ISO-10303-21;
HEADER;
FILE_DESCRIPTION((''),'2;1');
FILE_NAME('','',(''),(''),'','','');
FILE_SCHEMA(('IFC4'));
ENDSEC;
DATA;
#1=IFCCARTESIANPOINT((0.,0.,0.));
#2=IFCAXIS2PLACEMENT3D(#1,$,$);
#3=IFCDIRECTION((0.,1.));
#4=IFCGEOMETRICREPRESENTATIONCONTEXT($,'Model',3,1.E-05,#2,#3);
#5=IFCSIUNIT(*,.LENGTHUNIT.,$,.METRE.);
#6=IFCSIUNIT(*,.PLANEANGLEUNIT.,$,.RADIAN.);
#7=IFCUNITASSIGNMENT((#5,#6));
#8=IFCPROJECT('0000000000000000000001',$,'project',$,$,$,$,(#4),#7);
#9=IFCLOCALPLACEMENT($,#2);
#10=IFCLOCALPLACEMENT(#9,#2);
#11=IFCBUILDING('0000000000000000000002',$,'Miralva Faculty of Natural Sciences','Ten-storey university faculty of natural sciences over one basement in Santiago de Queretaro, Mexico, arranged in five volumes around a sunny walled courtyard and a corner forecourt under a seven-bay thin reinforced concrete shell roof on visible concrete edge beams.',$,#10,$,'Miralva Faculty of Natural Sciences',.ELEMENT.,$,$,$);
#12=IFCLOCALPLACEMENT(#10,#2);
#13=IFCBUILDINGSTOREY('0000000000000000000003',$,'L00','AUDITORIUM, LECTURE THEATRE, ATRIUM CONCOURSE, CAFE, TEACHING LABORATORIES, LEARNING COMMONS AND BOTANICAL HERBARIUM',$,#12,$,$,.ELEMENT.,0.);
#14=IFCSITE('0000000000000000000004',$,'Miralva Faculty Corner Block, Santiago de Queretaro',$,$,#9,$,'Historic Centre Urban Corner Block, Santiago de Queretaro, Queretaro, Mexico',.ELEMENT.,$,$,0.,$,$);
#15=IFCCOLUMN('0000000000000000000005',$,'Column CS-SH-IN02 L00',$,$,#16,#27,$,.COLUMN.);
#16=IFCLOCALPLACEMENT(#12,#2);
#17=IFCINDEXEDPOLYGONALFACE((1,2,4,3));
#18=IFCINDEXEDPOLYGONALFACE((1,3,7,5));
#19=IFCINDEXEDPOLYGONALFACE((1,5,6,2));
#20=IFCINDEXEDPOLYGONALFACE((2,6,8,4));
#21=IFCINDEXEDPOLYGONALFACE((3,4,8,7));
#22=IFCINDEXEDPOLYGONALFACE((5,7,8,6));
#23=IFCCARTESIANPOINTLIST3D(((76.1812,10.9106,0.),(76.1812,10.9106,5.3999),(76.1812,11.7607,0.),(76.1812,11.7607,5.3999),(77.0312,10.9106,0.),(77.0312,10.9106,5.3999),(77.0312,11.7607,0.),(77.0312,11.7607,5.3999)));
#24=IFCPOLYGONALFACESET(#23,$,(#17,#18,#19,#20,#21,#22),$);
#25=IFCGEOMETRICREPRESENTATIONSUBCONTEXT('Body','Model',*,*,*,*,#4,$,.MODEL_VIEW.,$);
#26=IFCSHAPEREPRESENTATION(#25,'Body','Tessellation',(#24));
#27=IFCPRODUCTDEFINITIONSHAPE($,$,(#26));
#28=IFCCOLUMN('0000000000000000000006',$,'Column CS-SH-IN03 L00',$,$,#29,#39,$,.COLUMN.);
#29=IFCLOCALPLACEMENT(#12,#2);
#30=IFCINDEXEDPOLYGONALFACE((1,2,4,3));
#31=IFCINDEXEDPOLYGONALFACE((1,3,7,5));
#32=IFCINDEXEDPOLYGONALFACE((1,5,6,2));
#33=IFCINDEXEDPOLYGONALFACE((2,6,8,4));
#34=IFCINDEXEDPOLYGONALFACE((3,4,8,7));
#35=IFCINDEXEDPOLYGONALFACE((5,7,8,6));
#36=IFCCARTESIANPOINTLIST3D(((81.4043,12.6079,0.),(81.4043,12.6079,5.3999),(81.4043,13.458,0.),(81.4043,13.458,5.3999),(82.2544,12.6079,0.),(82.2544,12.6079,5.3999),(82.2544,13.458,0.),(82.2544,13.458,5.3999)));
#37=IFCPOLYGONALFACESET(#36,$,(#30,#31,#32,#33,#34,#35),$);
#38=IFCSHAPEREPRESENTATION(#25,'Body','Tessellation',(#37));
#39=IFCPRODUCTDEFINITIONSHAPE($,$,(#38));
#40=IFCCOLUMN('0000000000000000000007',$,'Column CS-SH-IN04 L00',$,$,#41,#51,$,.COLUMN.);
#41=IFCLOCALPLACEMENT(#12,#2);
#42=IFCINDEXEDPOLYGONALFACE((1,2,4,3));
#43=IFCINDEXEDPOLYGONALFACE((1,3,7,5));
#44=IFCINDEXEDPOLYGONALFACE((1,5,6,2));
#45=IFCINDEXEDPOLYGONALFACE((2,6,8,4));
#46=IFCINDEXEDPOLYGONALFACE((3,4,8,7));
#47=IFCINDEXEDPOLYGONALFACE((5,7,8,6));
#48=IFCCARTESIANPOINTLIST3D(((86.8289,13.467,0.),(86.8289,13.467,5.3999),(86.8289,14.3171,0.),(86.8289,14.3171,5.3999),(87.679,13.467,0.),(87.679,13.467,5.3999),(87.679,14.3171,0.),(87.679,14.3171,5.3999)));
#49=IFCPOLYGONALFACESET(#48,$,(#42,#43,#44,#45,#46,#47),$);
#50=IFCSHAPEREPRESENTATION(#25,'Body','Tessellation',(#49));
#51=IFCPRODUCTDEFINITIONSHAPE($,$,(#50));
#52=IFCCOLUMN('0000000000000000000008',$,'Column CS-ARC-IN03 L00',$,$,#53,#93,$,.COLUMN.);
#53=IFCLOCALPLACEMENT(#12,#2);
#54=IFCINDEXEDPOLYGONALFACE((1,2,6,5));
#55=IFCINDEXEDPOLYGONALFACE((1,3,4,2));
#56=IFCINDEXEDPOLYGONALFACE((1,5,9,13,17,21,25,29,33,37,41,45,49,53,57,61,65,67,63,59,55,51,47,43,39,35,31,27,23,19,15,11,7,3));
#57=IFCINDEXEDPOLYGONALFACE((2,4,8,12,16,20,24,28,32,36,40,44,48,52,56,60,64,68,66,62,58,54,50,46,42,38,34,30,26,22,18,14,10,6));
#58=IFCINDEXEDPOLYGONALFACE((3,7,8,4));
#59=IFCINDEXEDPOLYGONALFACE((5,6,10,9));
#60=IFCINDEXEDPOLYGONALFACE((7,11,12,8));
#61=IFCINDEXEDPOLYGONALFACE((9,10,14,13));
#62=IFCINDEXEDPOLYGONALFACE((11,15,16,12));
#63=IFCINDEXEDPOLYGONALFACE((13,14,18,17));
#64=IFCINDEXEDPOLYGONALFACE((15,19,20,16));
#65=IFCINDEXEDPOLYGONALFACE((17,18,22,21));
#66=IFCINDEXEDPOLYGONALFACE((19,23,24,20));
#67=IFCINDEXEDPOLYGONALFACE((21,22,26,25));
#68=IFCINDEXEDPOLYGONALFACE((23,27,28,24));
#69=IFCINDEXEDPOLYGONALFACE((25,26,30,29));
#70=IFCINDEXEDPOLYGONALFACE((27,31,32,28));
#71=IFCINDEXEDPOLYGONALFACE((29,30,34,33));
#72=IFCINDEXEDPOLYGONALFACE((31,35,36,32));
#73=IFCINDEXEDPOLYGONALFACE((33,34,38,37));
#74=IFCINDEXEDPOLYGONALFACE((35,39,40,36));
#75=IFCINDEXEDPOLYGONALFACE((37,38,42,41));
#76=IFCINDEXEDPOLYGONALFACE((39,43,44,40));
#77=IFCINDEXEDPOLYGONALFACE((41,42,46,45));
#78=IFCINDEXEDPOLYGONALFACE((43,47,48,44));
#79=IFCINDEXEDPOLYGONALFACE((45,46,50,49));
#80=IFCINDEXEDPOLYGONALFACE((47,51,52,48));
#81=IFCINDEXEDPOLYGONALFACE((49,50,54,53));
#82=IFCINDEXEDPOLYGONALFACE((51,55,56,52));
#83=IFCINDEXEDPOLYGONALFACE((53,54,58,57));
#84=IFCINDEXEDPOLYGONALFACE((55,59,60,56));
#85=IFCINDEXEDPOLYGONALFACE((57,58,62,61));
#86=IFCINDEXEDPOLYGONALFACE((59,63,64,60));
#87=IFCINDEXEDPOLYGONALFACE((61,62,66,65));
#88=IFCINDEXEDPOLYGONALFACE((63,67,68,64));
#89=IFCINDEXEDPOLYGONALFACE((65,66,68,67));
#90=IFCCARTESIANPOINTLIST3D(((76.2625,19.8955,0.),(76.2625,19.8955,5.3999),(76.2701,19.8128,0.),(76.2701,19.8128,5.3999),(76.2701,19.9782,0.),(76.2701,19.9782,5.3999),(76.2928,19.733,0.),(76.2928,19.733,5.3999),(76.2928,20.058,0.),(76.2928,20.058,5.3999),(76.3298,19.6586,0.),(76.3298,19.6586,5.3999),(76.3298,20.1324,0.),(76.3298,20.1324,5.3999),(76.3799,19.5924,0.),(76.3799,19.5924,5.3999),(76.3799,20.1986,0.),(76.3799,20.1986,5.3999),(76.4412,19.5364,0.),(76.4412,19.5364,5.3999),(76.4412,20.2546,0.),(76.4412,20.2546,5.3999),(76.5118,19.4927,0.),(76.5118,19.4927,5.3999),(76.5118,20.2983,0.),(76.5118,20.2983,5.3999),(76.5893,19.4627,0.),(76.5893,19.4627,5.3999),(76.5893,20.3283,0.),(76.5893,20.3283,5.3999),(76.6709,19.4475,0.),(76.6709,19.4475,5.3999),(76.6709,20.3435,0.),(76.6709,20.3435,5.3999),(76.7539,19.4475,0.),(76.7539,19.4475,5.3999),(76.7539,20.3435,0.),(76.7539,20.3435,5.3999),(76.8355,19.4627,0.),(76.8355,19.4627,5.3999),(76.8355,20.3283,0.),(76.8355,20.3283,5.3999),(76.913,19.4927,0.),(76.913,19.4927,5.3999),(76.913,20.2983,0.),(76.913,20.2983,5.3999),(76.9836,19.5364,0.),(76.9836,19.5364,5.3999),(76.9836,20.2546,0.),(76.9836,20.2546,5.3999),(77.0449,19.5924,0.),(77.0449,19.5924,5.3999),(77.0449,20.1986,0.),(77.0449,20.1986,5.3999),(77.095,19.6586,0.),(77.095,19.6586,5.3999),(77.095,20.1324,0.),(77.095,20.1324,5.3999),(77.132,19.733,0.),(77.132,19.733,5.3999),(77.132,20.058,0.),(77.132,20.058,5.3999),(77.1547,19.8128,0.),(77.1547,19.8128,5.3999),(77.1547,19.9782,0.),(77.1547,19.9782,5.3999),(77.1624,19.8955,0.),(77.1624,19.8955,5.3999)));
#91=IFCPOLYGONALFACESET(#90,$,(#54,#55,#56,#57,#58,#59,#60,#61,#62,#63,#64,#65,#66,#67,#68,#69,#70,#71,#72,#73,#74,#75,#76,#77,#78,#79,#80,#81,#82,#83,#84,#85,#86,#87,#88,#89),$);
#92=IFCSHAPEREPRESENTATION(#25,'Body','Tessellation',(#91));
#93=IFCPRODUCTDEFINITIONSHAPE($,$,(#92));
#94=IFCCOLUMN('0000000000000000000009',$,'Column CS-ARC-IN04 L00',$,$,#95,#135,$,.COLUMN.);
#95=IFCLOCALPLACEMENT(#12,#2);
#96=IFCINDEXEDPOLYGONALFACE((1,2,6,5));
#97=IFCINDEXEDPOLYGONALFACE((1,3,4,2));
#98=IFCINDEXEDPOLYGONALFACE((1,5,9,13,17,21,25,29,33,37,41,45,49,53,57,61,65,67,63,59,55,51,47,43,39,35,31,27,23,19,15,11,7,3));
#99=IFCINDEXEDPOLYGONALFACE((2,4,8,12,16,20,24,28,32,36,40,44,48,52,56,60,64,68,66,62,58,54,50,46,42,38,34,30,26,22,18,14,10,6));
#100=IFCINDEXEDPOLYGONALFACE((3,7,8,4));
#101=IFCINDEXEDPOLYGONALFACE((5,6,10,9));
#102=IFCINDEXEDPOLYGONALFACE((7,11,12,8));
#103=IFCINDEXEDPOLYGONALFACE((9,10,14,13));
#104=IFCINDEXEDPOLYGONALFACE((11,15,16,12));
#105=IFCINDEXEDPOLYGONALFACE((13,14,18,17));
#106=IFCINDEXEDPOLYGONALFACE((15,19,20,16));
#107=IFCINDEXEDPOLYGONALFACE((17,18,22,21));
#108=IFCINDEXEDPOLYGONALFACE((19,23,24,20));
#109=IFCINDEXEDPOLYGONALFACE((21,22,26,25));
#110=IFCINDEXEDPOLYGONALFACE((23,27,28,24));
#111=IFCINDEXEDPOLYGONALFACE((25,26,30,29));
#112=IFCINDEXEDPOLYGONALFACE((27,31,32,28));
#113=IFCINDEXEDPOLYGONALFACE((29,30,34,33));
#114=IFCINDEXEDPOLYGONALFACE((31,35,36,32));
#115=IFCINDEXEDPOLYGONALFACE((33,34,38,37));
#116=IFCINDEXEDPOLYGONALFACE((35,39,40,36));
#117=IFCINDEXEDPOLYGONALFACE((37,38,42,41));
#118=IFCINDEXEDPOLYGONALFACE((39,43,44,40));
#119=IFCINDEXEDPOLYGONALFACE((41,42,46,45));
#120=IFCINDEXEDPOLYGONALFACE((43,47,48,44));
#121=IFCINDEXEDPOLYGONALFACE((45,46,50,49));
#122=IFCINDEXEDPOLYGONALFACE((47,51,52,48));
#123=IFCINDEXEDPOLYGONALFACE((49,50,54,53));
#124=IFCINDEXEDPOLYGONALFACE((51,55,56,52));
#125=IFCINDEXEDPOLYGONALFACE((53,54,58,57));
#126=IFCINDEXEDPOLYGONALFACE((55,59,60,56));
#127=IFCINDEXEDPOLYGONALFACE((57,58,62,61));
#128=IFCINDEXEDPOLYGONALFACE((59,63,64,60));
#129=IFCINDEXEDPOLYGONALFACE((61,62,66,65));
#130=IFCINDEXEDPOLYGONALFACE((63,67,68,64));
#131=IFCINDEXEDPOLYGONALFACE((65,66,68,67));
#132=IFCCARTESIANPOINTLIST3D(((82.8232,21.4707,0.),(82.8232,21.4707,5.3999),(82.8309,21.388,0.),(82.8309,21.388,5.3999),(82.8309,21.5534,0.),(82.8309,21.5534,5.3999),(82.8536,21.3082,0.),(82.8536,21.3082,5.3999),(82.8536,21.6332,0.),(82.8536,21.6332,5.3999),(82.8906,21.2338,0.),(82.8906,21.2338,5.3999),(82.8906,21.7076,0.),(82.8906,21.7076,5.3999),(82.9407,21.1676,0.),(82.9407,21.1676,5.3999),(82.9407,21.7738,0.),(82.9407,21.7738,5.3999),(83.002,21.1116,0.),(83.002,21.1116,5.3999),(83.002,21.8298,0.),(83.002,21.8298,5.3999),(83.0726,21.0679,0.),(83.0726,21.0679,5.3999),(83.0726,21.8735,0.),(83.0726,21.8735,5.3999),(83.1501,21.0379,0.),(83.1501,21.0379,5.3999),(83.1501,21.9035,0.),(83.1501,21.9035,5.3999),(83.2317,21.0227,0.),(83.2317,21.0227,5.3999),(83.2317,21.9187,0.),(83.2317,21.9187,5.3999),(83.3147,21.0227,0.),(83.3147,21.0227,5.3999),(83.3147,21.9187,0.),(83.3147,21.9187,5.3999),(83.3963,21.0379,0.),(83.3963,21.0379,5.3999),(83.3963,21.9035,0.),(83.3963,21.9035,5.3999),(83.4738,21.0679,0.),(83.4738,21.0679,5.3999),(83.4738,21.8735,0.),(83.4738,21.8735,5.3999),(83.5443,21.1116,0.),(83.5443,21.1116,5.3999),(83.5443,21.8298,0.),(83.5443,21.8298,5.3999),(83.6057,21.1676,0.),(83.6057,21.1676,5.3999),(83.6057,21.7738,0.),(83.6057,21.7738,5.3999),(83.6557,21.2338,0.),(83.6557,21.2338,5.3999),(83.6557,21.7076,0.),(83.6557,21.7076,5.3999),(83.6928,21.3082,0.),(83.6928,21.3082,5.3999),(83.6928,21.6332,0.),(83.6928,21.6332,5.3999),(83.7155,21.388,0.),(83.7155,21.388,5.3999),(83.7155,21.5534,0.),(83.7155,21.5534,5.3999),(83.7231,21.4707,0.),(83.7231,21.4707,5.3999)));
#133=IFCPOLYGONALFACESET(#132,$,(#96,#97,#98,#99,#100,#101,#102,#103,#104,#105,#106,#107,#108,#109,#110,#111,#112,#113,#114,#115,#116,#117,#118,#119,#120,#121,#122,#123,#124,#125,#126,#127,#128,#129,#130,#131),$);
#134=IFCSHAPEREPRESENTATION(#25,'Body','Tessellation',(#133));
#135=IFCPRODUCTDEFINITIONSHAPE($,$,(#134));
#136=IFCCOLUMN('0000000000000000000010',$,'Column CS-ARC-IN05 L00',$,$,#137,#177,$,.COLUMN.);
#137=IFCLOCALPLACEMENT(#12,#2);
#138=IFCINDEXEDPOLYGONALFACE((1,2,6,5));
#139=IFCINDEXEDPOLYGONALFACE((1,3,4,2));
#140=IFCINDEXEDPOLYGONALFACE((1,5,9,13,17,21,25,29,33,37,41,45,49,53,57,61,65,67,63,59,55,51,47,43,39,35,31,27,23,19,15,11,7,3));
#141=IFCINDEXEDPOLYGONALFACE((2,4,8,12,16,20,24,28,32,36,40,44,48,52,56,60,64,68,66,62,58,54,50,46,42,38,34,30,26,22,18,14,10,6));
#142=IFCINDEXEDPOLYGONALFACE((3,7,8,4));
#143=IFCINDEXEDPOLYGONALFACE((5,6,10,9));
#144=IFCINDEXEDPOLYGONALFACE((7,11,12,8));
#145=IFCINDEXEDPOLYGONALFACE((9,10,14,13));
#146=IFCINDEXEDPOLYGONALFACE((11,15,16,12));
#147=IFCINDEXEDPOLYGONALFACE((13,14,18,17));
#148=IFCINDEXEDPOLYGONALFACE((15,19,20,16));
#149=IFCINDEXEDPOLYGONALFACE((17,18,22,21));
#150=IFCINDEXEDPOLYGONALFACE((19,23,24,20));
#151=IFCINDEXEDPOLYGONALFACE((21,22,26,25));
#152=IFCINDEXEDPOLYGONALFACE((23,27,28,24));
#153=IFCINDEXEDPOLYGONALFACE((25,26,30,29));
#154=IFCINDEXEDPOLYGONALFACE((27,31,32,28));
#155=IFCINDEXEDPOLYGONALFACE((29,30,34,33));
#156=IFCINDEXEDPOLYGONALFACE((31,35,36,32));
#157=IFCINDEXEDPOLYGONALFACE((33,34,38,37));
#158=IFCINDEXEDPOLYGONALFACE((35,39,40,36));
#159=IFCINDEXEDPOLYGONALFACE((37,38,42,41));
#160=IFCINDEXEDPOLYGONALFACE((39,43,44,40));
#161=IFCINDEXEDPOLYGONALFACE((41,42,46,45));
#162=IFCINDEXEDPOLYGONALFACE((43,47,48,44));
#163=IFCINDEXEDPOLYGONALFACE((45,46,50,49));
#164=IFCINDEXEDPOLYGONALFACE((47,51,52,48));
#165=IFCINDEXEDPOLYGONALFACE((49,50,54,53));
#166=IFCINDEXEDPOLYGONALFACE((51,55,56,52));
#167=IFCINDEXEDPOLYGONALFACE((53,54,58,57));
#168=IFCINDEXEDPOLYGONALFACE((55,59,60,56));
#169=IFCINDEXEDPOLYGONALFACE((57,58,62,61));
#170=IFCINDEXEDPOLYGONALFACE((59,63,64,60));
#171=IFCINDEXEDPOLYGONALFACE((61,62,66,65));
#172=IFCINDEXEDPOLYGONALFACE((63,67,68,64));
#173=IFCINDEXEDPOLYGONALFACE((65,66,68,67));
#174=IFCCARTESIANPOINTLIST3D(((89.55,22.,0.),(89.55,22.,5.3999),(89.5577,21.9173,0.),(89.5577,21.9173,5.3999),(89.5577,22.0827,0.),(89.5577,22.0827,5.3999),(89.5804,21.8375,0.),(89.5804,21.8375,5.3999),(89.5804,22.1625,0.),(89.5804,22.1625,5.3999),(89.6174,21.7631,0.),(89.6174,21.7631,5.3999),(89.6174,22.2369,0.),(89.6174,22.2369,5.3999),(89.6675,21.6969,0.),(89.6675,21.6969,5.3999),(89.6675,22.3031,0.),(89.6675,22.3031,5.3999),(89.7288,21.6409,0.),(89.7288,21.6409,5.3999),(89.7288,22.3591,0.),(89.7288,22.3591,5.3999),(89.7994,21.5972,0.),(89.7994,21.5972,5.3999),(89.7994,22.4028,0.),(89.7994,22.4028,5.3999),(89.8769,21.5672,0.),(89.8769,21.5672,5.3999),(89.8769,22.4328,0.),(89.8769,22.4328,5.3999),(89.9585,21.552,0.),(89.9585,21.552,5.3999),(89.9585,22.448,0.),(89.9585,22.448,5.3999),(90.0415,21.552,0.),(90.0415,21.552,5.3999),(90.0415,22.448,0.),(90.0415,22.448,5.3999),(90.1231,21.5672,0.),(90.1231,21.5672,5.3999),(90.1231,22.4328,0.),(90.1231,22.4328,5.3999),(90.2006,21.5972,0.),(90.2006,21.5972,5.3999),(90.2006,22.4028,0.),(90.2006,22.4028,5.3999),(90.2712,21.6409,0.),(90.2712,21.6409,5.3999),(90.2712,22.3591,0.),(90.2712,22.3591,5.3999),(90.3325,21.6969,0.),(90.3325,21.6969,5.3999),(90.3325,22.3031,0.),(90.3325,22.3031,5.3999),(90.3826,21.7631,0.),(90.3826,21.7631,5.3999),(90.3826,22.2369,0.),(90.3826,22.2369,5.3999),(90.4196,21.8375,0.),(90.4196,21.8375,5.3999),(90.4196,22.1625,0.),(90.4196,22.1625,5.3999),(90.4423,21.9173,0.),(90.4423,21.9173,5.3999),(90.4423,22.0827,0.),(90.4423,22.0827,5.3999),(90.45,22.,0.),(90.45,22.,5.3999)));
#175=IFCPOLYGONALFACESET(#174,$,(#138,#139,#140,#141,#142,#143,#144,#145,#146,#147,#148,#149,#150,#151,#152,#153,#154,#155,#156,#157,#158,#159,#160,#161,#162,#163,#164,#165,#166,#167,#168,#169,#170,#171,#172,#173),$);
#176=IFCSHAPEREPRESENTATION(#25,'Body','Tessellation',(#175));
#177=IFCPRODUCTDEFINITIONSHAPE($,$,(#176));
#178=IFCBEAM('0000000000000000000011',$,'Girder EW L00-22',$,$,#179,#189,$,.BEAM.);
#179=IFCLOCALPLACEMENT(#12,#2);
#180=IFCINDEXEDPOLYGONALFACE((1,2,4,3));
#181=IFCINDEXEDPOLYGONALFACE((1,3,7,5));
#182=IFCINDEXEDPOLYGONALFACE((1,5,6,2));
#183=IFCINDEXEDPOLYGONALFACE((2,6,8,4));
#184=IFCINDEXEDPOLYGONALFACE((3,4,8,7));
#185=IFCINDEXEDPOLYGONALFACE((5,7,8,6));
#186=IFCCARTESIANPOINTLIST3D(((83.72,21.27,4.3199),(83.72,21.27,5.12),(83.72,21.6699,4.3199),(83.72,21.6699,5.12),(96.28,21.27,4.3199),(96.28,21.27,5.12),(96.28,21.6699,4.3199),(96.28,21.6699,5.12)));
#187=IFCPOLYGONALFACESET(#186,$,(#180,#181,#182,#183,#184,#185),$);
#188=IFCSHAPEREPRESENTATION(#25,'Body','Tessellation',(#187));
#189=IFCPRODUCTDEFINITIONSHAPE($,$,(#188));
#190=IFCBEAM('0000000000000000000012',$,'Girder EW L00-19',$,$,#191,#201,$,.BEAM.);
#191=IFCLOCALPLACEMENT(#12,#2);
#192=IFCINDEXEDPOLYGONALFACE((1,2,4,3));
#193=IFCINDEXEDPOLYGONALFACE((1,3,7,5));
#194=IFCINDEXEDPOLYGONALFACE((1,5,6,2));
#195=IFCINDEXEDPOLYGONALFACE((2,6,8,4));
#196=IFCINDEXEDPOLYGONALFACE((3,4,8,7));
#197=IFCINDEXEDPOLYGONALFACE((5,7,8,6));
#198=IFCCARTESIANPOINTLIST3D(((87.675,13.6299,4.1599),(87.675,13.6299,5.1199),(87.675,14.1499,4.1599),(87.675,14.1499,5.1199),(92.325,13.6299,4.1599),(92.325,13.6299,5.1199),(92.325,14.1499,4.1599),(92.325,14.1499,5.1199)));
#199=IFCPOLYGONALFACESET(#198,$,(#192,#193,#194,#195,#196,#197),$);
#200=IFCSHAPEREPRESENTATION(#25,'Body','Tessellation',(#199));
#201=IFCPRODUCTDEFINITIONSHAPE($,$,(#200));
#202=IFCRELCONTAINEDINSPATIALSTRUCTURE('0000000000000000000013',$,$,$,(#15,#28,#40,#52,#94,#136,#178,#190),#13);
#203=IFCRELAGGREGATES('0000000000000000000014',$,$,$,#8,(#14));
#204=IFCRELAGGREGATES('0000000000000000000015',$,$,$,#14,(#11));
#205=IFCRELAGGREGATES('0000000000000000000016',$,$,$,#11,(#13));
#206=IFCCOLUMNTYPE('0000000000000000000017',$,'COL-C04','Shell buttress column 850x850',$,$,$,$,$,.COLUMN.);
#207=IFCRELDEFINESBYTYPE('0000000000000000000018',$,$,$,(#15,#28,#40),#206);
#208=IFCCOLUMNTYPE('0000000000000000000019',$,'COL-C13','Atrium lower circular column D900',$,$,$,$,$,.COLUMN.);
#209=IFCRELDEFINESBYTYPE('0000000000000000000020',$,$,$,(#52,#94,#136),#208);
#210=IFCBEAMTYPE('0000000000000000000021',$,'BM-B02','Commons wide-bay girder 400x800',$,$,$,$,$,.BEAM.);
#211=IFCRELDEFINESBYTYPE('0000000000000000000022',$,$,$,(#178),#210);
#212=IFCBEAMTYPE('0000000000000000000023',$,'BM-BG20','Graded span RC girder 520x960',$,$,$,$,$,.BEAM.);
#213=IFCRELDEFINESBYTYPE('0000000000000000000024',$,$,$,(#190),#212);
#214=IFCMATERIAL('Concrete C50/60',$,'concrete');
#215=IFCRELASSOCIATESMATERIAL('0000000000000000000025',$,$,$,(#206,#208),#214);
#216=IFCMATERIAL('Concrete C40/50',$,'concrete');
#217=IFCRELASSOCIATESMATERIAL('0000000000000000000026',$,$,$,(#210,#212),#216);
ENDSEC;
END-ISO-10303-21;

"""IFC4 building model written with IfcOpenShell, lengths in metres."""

from ifc_helpers import new_model, si_unit, direction, frame, origin, origin_2d, place, context, subcontext, project, spatial, rectangle, circle, extrude, material, material_profile, profile_set, type_object, element, save


model = new_model("IFC4")

# Units and contexts
model_context = context("Model", 3, precision=1e-05, world=origin(), true_north=direction((0.0, 1.0)))
body_context = subcontext(model_context, "Body", "Model", "MODEL_VIEW")
ifc_project = project(units=[si_unit("LENGTHUNIT", "METRE"), si_unit("PLANEANGLEUNIT", "RADIAN")], contexts=[model_context])

# Site, building, storey
site_placement = place(None, origin())
site = spatial("IfcSite", under=ifc_project, at=site_placement, Name="Miralva Faculty Corner Block, Santiago de Queretaro", LongName="Historic Centre Urban Corner Block, Santiago de Queretaro, Queretaro, Mexico", CompositionType="ELEMENT", RefElevation=0.0)
building_placement = place(site_placement, origin())
building = spatial("IfcBuilding", under=site, at=building_placement, Name="Miralva Faculty of Natural Sciences", Description="Ten-storey university faculty of natural sciences over one basement in Santiago de Queretaro, Mexico, arranged in five volumes around a sunny walled courtyard and a corner forecourt under a seven-bay thin reinforced concrete shell roof on visible concrete edge beams.", LongName="Miralva Faculty of Natural Sciences", CompositionType="ELEMENT")
storey_placement = place(building_placement, origin())
storey = spatial("IfcBuildingStorey", under=building, at=storey_placement, Name="L00", Description="AUDITORIUM, LECTURE THEATRE, ATRIUM CONCOURSE, CAFE, TEACHING LABORATORIES, LEARNING COMMONS AND BOTANICAL HERBARIUM", CompositionType="ELEMENT", Elevation=0.0)

# Columns
ifc_material_1 = material(Name="Concrete C50/60", Category="concrete")
ifc_material_profile_1 = material_profile(ifc_material_1, rectangle(XDim=0.8501, YDim=0.8501, at=origin_2d()), Name="RC 850x850")
ifc_profile_set_1 = profile_set([ifc_material_profile_1], Name="Concrete C50/60")
column_type_1 = type_object("IfcColumnType", Name="COL-C04", Description="Shell buttress column 850x850", PredefinedType="COLUMN", material=ifc_profile_set_1)
for number, where, z_axis, x_axis, name in (
    (1, (76.6062, 11.3357, 0.0), (0.0, 0.0, 1.0), (1.0, 0.0, 0.0), "Column CS-SH-IN02 L00"),
    (2, (81.8293, 13.033, 0.0), (0.0, 0.0, 1.0), (1.0, 0.0, 0.0), "Column CS-SH-IN03 L00"),
    (3, (87.2539, 13.8921, 0.0), (0.0, 0.0, 1.0), (1.0, 0.0, 0.0), "Column CS-SH-IN04 L00"),
):
    element("IfcColumn", number, at=place(storey_placement, frame(where, z_axis=z_axis, x_axis=x_axis)), inside=storey, type_object=column_type_1, Name=name, PredefinedType="COLUMN", context=body_context, shape_type="SweptSolid", body=[
        extrude(rectangle(XDim=0.8501, YDim=0.8501, at=origin_2d()), origin(), (0.0, 0.0, 1.0), 5.3999),
    ])
ifc_material_profile_2 = material_profile(ifc_material_1, circle(Radius=0.45, at=origin_2d()), Name="RC DIA 900")
ifc_profile_set_2 = profile_set([ifc_material_profile_2], Name="Concrete C50/60")
column_type_2 = type_object("IfcColumnType", Name="COL-C13", Description="Atrium lower circular column D900", PredefinedType="COLUMN", material=ifc_profile_set_2)
for number, where, z_axis, x_axis, name in (
    (4, (76.7124, 19.8955, 0.0), (0.0, 0.0, 1.0), (1.0, 0.0, 0.0), "Column CS-ARC-IN03 L00"),
    (5, (83.2732, 21.4707, 0.0), (0.0, 0.0, 1.0), (1.0, 0.0, 0.0), "Column CS-ARC-IN04 L00"),
    (6, (90.0, 22.0, 0.0), (0.0, 0.0, 1.0), (1.0, 0.0, 0.0), "Column CS-ARC-IN05 L00"),
):
    element("IfcColumn", number, at=place(storey_placement, frame(where, z_axis=z_axis, x_axis=x_axis)), inside=storey, type_object=column_type_2, Name=name, PredefinedType="COLUMN", context=body_context, shape_type="SweptSolid", body=[
        extrude(circle(Radius=0.45, at=origin_2d()), origin(), (0.0, 0.0, 1.0), 5.3999),
    ])

# Beams
ifc_material_2 = material(Name="Concrete C40/50", Category="concrete")
ifc_material_profile_3 = material_profile(ifc_material_2, rectangle(XDim=0.3999, YDim=0.8, at=origin_2d()), Name="RC 400x800")
ifc_profile_set_3 = profile_set([ifc_material_profile_3], Name="Concrete C40/50")
beam_type_1 = type_object("IfcBeamType", Name="BM-B02", Description="Commons wide-bay girder 400x800", PredefinedType="BEAM", material=ifc_profile_set_3)
beam_1_placement = place(storey_placement, frame((83.72, 21.47, 4.72), z_axis=(1.0, 0.0, 0.0), x_axis=(0.0, 1.0, 0.0)))
element("IfcBeam", 7, at=beam_1_placement, inside=storey, type_object=beam_type_1, Name="Girder EW L00-22", PredefinedType="BEAM", context=body_context, shape_type="SweptSolid", body=[
    extrude(rectangle(XDim=0.3999, YDim=0.8, at=origin_2d()), origin(), (0.0, 0.0, 1.0), 12.5601),
])
ifc_material_profile_4 = material_profile(ifc_material_2, rectangle(XDim=0.52, YDim=0.96, at=origin_2d()), Name="RC 520x960")
ifc_profile_set_4 = profile_set([ifc_material_profile_4], Name="Concrete C40/50")
beam_type_2 = type_object("IfcBeamType", Name="BM-BG20", Description="Graded span RC girder 520x960", PredefinedType="BEAM", material=ifc_profile_set_4)
beam_2_placement = place(storey_placement, frame((87.675, 13.8899, 4.6399), z_axis=(1.0, 0.0, 0.0), x_axis=(0.0, 1.0, 0.0)))
element("IfcBeam", 8, at=beam_2_placement, inside=storey, type_object=beam_type_2, Name="Girder EW L00-19", PredefinedType="BEAM", context=body_context, shape_type="SweptSolid", body=[
    extrude(rectangle(XDim=0.52, YDim=0.96, at=origin_2d()), origin(), (0.0, 0.0, 1.0), 4.6499),
])

save(model, "model.ifc")
